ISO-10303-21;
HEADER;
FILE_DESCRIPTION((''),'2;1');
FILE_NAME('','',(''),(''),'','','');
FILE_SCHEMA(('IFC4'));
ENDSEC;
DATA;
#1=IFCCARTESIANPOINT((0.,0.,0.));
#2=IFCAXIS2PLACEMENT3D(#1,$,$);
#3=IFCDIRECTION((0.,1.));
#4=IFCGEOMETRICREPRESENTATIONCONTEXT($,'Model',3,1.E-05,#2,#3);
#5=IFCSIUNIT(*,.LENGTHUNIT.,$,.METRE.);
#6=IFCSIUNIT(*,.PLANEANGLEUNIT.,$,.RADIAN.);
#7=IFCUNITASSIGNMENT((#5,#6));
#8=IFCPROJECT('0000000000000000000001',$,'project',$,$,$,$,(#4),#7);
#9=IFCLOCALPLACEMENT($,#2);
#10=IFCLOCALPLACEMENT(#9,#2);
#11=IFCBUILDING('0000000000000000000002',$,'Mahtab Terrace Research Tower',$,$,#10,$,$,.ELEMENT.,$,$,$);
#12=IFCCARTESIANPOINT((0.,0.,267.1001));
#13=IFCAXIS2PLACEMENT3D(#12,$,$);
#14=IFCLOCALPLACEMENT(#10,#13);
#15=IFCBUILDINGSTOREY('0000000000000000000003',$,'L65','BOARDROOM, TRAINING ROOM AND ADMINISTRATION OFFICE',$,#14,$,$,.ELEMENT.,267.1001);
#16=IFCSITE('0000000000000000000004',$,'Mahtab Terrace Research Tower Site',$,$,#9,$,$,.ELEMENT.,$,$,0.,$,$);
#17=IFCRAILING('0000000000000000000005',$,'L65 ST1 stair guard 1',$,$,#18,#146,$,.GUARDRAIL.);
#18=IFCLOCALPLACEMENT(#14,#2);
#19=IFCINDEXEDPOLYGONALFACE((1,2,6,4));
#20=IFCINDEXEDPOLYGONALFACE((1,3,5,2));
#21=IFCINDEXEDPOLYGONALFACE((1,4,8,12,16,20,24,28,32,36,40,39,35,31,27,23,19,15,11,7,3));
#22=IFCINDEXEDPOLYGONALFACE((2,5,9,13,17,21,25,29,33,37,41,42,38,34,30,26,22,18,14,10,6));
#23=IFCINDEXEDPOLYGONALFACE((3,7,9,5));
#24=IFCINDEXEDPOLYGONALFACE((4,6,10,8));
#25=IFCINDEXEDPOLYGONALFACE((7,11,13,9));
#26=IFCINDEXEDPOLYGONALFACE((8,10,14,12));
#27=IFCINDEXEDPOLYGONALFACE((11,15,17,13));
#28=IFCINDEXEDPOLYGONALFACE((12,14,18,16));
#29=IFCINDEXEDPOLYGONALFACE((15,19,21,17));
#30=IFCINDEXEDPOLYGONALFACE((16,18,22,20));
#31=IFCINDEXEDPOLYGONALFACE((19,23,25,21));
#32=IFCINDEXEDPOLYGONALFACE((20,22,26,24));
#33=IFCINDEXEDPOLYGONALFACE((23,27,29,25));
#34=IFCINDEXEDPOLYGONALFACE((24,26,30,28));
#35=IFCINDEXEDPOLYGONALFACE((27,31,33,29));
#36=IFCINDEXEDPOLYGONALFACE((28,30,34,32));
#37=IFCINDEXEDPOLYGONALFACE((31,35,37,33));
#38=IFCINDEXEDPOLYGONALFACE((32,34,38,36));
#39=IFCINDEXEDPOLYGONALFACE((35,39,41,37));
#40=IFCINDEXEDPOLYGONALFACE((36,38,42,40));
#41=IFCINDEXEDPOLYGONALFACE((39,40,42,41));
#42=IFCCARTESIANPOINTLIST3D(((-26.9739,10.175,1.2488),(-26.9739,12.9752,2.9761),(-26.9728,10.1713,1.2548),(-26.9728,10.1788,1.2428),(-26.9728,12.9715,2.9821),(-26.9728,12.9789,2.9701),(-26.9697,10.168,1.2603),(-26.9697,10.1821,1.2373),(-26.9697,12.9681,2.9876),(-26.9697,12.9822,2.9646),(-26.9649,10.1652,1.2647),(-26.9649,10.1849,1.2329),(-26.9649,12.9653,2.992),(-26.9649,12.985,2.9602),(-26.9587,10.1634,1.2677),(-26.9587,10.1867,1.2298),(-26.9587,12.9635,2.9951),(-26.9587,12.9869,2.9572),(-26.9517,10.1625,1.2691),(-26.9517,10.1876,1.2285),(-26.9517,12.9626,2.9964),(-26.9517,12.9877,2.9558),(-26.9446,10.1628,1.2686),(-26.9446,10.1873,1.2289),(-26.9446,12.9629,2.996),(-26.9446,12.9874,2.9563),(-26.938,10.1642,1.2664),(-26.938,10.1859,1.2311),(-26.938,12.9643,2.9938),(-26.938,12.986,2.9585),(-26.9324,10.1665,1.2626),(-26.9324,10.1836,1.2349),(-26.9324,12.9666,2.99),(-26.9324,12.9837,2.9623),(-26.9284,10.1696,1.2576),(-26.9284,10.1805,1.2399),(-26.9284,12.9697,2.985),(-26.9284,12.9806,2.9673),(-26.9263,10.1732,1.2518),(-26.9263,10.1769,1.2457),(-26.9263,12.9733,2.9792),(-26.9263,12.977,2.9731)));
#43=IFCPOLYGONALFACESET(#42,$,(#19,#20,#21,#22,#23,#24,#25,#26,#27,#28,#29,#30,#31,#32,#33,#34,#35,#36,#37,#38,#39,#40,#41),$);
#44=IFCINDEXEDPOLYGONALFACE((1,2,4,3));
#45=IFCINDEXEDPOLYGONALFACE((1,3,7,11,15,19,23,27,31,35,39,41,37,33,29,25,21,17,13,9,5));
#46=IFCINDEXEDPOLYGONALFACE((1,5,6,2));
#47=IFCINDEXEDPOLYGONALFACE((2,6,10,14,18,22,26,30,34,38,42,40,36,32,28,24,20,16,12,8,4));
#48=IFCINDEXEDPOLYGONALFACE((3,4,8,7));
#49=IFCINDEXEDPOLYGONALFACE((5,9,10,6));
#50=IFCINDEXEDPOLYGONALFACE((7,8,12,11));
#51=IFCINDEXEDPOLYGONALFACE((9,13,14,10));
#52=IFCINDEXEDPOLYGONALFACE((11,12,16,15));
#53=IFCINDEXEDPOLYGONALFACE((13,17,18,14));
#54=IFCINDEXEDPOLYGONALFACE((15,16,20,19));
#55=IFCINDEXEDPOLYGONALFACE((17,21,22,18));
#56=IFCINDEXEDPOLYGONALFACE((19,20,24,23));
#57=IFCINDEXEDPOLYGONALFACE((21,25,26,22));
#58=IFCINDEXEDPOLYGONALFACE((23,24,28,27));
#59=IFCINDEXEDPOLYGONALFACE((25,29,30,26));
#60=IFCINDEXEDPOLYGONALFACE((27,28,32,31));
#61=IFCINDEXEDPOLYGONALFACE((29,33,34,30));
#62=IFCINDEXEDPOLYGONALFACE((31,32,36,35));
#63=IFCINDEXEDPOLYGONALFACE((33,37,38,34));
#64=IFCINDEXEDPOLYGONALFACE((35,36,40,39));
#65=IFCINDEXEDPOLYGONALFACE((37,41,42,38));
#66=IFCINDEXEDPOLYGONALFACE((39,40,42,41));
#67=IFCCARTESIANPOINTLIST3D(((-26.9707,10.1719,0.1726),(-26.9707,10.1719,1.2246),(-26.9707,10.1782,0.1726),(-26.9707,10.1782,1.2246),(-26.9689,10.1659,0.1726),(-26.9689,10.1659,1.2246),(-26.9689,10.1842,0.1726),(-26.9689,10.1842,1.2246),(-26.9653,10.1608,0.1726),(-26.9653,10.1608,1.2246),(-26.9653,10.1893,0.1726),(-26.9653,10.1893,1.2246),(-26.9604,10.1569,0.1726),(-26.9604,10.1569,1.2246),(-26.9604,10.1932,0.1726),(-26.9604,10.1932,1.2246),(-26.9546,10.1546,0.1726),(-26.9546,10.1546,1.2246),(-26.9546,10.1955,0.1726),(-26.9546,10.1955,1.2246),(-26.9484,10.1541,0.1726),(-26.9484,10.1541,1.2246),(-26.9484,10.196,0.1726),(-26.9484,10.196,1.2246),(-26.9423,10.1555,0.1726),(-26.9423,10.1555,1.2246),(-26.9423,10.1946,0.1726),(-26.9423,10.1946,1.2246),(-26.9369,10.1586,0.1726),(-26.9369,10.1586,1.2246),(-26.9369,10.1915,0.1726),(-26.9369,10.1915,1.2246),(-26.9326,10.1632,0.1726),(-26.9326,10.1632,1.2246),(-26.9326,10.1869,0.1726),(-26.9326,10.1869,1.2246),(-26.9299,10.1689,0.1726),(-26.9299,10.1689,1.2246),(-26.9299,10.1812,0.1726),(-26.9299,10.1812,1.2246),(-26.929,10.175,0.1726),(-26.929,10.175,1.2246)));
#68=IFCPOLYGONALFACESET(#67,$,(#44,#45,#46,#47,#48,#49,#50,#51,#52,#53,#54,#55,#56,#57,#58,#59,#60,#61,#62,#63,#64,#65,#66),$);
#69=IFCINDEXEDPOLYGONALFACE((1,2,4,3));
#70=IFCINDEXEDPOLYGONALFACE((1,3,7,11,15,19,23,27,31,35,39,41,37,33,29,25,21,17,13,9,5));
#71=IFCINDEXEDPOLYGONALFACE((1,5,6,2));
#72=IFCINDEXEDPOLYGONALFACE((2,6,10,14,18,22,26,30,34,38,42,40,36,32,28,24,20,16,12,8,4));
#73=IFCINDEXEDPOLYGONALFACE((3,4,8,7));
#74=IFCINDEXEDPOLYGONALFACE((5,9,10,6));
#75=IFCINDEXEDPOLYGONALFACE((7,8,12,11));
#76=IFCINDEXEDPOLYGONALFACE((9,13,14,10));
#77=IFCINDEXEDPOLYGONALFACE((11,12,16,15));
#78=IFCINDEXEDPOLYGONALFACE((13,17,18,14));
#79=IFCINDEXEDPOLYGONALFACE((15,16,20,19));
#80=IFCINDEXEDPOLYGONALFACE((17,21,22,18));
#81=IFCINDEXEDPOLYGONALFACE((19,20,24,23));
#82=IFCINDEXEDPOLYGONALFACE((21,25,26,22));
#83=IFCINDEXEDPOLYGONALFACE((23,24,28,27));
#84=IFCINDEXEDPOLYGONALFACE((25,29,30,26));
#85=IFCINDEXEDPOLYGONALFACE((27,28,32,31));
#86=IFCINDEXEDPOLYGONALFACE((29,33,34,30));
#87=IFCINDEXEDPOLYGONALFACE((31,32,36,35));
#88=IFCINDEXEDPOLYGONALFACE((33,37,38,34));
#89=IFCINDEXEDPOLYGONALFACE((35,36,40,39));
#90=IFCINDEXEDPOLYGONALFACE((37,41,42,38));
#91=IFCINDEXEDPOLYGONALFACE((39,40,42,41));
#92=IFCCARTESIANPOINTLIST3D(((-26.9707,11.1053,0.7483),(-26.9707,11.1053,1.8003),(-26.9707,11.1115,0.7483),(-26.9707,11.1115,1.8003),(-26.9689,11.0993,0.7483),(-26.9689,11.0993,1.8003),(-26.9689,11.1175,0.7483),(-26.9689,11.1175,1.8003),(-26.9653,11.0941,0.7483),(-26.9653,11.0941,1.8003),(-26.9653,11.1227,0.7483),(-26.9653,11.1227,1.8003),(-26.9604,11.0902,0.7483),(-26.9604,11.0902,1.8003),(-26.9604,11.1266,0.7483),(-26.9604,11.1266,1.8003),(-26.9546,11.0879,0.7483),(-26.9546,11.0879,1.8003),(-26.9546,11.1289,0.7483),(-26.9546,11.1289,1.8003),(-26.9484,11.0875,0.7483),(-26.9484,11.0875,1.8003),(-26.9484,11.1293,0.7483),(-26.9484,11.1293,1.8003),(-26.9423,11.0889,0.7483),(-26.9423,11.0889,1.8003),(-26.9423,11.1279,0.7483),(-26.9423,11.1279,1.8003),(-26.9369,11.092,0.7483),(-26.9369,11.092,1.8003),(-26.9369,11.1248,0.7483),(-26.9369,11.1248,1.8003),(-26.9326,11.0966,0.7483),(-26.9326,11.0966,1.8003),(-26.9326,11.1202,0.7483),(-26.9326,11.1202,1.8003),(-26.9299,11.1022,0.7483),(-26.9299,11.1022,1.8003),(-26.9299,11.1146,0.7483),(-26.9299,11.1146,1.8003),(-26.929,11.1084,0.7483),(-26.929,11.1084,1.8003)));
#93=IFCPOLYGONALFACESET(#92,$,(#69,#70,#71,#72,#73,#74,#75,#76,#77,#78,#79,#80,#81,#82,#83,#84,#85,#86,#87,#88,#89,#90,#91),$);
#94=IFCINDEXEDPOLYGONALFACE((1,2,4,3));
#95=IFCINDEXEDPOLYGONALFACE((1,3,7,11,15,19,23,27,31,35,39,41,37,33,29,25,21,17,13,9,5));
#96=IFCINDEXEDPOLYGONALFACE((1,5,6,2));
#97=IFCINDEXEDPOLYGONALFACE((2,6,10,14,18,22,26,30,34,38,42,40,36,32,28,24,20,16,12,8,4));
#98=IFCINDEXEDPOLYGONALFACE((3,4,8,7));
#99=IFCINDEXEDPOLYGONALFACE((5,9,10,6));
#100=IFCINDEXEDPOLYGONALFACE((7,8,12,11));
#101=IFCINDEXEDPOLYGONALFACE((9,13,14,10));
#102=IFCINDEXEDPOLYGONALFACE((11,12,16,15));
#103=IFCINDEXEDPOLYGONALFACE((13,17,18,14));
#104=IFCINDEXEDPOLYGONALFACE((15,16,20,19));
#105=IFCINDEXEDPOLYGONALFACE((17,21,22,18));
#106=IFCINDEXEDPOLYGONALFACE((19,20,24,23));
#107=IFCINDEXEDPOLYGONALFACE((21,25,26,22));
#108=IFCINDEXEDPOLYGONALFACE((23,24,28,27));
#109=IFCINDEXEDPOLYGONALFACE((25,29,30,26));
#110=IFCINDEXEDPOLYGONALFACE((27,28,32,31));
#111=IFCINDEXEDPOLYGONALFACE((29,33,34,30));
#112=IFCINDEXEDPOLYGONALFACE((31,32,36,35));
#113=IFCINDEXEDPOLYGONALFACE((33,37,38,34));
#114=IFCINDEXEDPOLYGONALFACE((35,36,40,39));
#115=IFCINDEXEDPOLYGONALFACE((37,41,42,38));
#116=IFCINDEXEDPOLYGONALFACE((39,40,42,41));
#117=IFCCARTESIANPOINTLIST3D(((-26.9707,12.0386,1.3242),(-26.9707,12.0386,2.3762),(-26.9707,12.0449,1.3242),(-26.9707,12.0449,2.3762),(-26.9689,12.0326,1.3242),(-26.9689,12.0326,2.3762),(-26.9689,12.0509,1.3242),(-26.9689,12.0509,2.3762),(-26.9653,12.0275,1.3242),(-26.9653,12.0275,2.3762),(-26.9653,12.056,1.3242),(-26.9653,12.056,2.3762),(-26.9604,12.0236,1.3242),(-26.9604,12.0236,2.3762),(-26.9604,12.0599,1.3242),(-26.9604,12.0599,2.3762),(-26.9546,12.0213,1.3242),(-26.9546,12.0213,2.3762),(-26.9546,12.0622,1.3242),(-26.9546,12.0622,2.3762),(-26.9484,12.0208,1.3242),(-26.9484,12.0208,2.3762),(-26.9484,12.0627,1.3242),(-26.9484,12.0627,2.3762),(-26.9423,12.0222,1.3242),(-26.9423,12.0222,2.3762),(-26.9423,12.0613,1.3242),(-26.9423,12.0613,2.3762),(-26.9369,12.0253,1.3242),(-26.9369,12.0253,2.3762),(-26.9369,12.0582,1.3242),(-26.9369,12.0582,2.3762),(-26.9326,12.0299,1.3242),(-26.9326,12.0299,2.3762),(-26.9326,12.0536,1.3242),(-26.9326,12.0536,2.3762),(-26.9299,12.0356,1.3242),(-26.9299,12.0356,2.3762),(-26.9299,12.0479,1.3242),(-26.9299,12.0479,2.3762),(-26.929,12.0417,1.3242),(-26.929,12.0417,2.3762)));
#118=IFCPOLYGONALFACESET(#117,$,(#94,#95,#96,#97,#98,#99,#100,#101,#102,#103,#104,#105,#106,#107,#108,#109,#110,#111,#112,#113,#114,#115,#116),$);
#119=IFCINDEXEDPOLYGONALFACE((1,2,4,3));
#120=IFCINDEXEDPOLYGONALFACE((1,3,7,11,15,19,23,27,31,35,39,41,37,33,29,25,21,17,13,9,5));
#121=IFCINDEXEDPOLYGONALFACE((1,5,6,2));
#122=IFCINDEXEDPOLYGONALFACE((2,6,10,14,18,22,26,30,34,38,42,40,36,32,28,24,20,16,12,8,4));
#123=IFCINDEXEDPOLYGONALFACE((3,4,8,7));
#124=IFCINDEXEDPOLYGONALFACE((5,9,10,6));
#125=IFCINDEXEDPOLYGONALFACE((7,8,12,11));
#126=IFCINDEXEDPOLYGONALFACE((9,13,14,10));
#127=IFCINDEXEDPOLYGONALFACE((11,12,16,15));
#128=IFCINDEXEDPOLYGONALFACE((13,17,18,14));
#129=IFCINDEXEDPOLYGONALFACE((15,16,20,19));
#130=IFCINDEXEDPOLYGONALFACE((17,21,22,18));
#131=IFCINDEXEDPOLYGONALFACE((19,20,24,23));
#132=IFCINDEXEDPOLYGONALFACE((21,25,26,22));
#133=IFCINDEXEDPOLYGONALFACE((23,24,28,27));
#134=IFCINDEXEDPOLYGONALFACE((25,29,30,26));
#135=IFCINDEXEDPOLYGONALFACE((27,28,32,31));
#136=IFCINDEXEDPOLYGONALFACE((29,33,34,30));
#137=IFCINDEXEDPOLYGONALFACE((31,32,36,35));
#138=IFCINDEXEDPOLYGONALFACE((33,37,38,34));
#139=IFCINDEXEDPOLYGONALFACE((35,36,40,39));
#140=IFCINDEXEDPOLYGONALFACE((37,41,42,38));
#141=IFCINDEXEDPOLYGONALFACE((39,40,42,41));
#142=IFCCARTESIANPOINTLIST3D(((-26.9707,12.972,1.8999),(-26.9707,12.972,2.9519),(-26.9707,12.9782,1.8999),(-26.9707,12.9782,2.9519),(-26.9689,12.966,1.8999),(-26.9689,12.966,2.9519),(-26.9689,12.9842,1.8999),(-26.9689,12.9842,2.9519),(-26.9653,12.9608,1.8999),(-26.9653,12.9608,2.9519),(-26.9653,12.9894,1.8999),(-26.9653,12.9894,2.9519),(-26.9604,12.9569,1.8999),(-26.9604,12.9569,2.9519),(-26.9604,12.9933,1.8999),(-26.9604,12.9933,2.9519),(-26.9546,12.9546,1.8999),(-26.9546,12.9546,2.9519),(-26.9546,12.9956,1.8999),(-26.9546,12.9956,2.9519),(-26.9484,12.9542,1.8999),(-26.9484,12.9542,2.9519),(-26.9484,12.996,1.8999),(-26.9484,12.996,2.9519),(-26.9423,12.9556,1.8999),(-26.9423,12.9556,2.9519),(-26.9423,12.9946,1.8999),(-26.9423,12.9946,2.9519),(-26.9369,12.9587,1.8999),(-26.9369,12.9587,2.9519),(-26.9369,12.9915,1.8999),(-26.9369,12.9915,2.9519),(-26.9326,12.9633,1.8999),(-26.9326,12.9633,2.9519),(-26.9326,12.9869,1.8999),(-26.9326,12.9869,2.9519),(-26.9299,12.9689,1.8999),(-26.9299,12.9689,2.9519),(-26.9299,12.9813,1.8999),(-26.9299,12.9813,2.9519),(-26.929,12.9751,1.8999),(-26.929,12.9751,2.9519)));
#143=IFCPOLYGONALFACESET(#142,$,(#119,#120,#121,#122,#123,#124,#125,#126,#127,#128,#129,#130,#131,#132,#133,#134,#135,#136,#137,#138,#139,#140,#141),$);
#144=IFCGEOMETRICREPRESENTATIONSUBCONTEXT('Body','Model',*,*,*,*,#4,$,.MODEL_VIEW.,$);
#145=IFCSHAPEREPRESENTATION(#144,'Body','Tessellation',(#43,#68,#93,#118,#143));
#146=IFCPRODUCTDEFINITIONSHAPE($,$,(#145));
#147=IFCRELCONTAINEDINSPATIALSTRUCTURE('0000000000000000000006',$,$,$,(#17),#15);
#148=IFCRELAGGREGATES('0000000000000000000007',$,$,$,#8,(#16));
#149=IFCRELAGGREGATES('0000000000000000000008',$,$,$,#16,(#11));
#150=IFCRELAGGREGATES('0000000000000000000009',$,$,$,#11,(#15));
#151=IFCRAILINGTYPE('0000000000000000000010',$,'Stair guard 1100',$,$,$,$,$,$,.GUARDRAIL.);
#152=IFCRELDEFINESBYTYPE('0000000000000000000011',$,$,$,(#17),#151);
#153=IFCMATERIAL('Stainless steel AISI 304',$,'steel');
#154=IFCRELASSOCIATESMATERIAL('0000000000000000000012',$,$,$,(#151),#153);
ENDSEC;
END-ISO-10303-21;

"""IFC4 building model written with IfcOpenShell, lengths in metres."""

from ifc_helpers import new_model, si_unit, direction, frame, origin, origin_2d, place, context, subcontext, project, spatial, circle, extrude, material, type_object, element, save


model = new_model("IFC4")

# Units and contexts
model_context = context("Model", 3, precision=1e-05, world=origin(), true_north=direction((0.0, 1.0)))
body_context = subcontext(model_context, "Body", "Model", "MODEL_VIEW")
ifc_project = project(units=[si_unit("LENGTHUNIT", "METRE"), si_unit("PLANEANGLEUNIT", "RADIAN")], contexts=[model_context])

# Site, building, storey
site_placement = place(None, origin())
site = spatial("IfcSite", under=ifc_project, at=site_placement, Name="Mahtab Terrace Research Tower Site", CompositionType="ELEMENT", RefElevation=0.0)
building_placement = place(site_placement, origin())
building = spatial("IfcBuilding", under=site, at=building_placement, Name="Mahtab Terrace Research Tower", CompositionType="ELEMENT")
storey_placement = place(building_placement, frame((0.0, 0.0, 267.1001)))
storey = spatial("IfcBuildingStorey", under=building, at=storey_placement, Name="L65", Description="BOARDROOM, TRAINING ROOM AND ADMINISTRATION OFFICE", CompositionType="ELEMENT", Elevation=267.1001)

# Railing
ifc_material_1 = material(Name="Stainless steel AISI 304", Category="steel")
railing_type_1 = type_object("IfcRailingType", Name="Stair guard 1100", PredefinedType="GUARDRAIL", material=ifc_material_1)
railing_1_placement = place(storey_placement, frame((-26.95, 10.175, 0.1726)))
element("IfcRailing", 1, at=railing_1_placement, inside=storey, type_object=railing_type_1, Name="L65 ST1 stair guard 1", PredefinedType="GUARDRAIL", context=body_context, shape_type="SweptSolid", body=[
    extrude(circle(Radius=0.0239, at=origin_2d()), frame((0.0, 0.0, 1.0762), z_axis=(0.0, 0.85109, 0.52502), x_axis=(-1.0, 0.0, 0.0)), (0.0, 0.0, 1.0), 3.29),
    extrude(circle(Radius=0.021, at=origin_2d()), origin(), (0.0, 0.0, 1.0), 1.052),
    extrude(circle(Radius=0.021, at=origin_2d()), frame((0.0, 0.9333, 0.5757)), (0.0, 0.0, 1.0), 1.052),
    extrude(circle(Radius=0.021, at=origin_2d()), frame((0.0, 1.8667, 1.1516)), (0.0, 0.0, 1.0), 1.052),
    extrude(circle(Radius=0.021, at=origin_2d()), frame((0.0, 2.8, 1.7273)), (0.0, 0.0, 1.0), 1.052),
])

save(model, "model.ifc")
